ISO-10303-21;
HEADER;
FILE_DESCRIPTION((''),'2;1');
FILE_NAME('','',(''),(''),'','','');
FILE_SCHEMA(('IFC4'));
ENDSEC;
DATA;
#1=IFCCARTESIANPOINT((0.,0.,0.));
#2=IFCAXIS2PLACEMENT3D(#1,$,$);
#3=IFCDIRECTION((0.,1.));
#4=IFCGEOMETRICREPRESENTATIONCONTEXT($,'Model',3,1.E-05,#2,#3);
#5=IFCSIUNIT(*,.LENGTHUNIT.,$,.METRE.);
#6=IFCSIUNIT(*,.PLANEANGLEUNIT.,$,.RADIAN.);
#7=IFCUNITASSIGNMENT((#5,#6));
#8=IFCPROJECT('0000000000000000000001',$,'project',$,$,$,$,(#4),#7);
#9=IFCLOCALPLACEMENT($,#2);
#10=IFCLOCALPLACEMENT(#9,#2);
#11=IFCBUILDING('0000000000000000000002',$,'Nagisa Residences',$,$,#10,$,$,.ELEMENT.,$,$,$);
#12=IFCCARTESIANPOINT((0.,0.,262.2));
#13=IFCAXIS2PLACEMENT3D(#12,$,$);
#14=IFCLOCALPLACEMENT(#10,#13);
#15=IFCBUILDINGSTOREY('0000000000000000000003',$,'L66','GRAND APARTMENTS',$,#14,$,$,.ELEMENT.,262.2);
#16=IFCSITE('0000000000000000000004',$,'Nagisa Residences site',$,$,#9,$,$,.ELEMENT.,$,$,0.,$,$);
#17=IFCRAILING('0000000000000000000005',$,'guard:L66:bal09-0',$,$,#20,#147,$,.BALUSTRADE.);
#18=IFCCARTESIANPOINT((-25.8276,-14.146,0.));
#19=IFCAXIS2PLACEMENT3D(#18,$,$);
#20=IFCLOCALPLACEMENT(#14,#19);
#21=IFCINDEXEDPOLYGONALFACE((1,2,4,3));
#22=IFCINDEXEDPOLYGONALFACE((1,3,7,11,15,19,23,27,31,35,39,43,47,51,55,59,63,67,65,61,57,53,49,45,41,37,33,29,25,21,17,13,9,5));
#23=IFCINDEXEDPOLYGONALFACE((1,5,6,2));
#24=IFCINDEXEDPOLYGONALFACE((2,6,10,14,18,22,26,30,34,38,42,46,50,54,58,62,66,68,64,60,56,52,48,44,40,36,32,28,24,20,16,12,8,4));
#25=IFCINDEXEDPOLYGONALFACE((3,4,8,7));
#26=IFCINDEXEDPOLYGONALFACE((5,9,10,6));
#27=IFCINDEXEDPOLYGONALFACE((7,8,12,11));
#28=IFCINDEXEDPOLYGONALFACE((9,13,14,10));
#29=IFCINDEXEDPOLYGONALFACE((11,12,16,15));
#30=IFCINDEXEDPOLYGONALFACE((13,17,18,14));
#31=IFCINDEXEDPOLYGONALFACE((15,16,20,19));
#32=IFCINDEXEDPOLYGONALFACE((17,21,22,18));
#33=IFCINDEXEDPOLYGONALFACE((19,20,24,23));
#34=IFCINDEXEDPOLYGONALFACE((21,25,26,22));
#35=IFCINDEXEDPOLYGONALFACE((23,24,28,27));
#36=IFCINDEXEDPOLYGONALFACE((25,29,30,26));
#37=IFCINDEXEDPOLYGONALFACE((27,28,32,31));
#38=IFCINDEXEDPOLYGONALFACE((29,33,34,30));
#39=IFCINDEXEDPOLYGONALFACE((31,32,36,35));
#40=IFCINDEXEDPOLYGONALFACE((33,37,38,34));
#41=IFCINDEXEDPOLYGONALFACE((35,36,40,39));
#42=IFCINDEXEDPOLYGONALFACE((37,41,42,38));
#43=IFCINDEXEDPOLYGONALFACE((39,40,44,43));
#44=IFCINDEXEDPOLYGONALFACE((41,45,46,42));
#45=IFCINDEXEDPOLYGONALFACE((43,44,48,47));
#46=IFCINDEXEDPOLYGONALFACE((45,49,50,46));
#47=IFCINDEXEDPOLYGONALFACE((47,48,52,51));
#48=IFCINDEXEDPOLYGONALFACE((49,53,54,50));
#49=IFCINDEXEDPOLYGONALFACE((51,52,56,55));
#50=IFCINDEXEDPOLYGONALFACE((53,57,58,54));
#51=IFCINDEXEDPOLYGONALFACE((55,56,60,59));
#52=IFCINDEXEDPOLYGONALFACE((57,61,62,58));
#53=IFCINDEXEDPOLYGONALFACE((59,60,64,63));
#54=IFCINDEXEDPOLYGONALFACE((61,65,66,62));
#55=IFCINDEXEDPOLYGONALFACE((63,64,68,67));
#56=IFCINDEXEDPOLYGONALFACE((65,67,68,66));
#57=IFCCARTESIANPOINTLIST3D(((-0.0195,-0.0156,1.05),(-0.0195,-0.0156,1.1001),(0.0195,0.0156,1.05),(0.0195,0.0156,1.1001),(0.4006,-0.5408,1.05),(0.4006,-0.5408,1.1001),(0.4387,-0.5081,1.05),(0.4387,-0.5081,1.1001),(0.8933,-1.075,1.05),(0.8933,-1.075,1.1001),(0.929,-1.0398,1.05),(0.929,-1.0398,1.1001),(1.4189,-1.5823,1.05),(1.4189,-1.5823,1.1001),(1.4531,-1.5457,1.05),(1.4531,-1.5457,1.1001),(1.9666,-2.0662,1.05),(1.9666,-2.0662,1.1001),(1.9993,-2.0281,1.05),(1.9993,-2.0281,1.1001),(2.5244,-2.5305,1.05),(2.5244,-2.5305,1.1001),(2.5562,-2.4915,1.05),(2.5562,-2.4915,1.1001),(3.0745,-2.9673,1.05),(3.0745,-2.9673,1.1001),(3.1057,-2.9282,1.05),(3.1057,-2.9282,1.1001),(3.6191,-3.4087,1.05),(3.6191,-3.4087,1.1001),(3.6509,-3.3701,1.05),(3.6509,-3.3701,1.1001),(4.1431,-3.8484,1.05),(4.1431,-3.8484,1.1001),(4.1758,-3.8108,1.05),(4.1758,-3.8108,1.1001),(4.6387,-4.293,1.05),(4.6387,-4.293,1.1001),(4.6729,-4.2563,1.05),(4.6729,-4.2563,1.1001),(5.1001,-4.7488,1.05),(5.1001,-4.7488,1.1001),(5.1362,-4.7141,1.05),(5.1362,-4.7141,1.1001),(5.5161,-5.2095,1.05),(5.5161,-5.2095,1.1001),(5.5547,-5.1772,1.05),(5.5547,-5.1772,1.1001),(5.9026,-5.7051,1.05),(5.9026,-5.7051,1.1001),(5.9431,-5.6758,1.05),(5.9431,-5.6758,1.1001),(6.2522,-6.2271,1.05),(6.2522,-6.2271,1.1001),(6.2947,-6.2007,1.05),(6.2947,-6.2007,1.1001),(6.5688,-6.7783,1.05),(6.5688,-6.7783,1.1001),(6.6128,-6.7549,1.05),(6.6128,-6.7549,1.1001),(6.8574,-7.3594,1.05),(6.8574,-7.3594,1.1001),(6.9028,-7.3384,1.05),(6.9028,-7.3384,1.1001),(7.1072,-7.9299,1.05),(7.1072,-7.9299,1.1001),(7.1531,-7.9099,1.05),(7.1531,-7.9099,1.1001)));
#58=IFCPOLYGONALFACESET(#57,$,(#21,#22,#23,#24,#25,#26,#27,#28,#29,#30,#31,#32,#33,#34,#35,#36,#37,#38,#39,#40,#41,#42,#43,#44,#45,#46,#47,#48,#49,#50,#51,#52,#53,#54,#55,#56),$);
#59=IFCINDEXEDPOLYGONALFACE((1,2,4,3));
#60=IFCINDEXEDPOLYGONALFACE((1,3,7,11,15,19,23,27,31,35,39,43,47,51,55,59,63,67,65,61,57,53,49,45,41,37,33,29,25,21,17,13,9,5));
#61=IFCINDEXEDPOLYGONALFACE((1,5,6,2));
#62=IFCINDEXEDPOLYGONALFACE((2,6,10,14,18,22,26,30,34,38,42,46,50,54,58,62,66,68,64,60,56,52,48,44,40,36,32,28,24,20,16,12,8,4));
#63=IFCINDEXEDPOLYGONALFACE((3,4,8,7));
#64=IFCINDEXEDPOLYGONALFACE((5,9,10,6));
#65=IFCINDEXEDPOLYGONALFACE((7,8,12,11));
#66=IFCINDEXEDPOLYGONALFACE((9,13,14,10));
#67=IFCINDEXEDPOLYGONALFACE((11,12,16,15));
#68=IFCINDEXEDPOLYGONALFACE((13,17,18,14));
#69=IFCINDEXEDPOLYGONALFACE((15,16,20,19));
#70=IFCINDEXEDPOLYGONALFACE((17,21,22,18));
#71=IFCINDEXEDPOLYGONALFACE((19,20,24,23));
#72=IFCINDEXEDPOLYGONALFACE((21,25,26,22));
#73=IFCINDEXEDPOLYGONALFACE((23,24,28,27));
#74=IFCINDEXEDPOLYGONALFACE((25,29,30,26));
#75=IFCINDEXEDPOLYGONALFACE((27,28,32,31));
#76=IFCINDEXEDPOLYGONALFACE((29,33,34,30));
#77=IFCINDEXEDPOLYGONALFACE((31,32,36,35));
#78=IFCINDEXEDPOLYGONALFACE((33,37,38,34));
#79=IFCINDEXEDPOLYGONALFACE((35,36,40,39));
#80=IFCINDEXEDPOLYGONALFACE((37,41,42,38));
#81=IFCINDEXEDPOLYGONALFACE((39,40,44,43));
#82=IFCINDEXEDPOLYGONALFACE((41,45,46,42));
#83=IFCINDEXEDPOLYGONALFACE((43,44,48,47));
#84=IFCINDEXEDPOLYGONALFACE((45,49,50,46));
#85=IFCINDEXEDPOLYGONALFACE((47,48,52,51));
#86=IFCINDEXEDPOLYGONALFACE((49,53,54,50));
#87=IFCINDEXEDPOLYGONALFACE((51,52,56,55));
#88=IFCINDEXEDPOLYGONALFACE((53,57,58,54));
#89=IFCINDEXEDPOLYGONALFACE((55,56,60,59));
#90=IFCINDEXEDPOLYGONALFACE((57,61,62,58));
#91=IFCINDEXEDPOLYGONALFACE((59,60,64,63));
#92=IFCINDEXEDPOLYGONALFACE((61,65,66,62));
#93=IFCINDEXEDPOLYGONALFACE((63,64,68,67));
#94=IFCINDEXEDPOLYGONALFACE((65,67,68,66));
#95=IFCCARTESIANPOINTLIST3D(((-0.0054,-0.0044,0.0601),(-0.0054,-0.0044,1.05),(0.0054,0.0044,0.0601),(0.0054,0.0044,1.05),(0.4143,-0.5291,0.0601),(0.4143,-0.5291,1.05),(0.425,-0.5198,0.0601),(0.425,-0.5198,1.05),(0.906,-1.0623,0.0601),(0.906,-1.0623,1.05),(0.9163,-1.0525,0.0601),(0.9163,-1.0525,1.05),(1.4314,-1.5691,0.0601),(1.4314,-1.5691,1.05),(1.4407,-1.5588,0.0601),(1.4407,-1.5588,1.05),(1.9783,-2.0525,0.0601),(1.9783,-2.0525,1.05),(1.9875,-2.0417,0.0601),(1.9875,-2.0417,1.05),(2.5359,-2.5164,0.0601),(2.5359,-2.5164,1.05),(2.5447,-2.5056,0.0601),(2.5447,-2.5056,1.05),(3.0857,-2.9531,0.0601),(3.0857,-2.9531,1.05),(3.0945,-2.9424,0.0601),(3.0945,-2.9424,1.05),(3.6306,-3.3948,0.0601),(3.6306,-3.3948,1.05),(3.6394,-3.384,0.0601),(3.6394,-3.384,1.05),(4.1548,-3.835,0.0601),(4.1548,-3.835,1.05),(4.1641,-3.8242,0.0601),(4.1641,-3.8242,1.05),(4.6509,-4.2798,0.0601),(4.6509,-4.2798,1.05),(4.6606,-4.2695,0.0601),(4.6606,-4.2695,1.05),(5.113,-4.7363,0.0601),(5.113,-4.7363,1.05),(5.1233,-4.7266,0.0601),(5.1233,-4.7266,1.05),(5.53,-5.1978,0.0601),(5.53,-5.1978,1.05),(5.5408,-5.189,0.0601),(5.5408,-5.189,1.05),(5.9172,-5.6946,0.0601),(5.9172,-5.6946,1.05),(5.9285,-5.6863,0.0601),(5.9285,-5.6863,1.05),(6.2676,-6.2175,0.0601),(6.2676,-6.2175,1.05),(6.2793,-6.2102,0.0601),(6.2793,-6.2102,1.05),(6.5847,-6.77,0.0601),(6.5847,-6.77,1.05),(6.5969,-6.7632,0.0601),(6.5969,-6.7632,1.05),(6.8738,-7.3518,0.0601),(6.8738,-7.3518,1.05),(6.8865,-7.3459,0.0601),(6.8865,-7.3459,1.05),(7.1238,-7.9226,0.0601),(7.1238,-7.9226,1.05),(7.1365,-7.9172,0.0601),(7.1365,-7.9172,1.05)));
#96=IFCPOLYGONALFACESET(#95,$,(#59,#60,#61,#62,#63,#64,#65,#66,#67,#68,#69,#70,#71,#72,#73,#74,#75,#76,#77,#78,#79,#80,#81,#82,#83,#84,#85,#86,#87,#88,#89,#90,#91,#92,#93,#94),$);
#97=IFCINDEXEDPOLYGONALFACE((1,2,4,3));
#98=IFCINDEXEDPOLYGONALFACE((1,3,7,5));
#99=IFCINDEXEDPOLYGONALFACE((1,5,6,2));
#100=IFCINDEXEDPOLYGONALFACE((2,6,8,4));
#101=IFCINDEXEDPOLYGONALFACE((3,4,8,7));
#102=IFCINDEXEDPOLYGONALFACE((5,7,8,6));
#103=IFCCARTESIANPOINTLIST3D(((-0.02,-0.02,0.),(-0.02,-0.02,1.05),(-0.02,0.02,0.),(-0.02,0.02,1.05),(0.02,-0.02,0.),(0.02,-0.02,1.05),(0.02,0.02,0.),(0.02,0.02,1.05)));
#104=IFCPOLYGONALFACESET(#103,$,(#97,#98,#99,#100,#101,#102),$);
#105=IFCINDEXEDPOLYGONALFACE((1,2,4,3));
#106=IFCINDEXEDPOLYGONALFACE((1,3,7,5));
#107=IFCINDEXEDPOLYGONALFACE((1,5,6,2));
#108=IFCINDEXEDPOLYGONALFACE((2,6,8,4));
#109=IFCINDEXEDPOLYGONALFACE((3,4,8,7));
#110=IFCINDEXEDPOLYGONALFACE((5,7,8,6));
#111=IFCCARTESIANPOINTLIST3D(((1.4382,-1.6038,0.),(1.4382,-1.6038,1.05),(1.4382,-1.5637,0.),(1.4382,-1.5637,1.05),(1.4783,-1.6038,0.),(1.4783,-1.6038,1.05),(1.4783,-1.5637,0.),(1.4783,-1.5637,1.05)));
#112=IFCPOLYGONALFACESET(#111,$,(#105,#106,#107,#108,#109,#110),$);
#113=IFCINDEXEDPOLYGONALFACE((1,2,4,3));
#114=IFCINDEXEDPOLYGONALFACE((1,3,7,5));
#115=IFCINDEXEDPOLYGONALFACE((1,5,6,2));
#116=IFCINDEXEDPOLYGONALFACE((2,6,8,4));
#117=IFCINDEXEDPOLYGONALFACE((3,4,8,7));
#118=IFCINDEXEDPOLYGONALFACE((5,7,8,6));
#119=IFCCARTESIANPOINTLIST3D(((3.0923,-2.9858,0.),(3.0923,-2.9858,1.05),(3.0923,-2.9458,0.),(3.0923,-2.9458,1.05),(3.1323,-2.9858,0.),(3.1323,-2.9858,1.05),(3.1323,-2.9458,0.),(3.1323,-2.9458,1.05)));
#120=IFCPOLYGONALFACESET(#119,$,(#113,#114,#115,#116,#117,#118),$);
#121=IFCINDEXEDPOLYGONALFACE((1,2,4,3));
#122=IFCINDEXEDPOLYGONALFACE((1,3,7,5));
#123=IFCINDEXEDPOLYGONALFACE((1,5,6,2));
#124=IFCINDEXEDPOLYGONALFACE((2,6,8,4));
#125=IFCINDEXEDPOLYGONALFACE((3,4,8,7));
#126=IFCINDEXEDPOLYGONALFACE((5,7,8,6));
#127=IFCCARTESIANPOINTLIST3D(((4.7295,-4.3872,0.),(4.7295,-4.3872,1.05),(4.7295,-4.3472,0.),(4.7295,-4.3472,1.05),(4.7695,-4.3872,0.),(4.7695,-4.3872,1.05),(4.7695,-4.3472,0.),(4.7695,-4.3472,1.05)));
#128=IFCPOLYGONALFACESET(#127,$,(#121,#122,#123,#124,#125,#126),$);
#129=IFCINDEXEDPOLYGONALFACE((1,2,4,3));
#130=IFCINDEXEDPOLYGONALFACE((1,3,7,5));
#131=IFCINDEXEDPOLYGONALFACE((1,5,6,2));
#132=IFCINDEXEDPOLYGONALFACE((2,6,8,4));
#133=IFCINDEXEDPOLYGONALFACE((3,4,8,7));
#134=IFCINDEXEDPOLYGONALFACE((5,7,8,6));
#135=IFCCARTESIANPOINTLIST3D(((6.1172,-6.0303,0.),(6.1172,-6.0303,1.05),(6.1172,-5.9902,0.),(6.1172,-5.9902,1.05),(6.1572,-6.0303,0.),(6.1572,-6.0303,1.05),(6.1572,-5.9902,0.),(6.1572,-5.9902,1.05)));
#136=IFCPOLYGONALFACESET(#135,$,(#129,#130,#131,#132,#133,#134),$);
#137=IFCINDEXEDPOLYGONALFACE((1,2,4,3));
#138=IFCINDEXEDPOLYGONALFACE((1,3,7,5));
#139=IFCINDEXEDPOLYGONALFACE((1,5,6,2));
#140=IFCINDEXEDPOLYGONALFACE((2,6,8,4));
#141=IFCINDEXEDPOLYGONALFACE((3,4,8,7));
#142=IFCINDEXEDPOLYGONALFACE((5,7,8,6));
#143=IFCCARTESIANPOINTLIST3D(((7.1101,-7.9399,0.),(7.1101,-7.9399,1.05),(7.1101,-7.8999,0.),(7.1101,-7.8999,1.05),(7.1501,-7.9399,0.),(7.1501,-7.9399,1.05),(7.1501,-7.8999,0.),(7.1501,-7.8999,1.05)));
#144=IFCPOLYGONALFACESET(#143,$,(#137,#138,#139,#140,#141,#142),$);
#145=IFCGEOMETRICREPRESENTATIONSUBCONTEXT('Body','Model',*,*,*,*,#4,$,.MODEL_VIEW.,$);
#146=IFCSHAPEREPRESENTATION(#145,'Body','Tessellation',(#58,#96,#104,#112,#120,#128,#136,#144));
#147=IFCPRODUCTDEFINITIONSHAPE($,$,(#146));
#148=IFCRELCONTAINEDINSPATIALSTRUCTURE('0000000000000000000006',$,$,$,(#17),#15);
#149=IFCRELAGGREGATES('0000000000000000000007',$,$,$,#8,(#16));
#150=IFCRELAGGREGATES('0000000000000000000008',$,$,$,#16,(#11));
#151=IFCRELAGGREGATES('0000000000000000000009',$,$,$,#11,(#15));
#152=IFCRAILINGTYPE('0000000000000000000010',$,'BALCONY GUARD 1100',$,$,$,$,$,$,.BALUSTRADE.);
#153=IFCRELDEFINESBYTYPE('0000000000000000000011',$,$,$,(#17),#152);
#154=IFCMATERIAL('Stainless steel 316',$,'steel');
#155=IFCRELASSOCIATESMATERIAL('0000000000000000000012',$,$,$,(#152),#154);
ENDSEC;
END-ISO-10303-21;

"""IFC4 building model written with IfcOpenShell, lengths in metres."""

from ifc_helpers import new_model, si_unit, direction, frame, origin, origin_2d, place, context, subcontext, project, spatial, polyline, rectangle, outline, extrude, material, type_object, element, save


model = new_model("IFC4")

# Units and contexts
model_context = context("Model", 3, precision=1e-05, world=origin(), true_north=direction((0.0, 1.0)))
body_context = subcontext(model_context, "Body", "Model", "MODEL_VIEW")
ifc_project = project(units=[si_unit("LENGTHUNIT", "METRE"), si_unit("PLANEANGLEUNIT", "RADIAN")], contexts=[model_context])

# Site, building, storey
site_placement = place(None, origin())
site = spatial("IfcSite", under=ifc_project, at=site_placement, Name="Nagisa Residences site", CompositionType="ELEMENT", RefElevation=0.0)
building_placement = place(site_placement, origin())
building = spatial("IfcBuilding", under=site, at=building_placement, Name="Nagisa Residences", CompositionType="ELEMENT")
storey_placement = place(building_placement, frame((0.0, 0.0, 262.2)))
storey = spatial("IfcBuildingStorey", under=building, at=storey_placement, Name="L66", Description="GRAND APARTMENTS", CompositionType="ELEMENT", Elevation=262.2)

# Railing
ifc_material_1 = material(Name="Stainless steel 316", Category="steel")
railing_type = type_object("IfcRailingType", Name="BALCONY GUARD 1100", PredefinedType="BALUSTRADE", material=ifc_material_1)
railing_1_placement = place(storey_placement, frame((-25.8276, -14.146, 0.0)))
element("IfcRailing", 1, at=railing_1_placement, inside=storey, type_object=railing_type, Name="guard:L66:bal09-0", PredefinedType="BALUSTRADE", context=body_context, shape_type="SweptSolid", body=[
    extrude(outline(polyline([(0.4387, -0.5081), (0.0195, 0.0156), (-0.0195, -0.0156), (0.4006, -0.5408), (0.8933, -1.075), (1.4189, -1.5823), (1.9666, -2.0662), (2.5244, -2.5305), (3.0745, -2.9673), (3.6191, -3.4087), (4.1431, -3.8484), (4.6387, -4.293), (5.1001, -4.7488), (5.5161, -5.2095), (5.9026, -5.7051), (6.2522, -6.2271), (6.5688, -6.7783), (6.8574, -7.3594), (7.1072, -7.9299), (7.1531, -7.9099), (6.9028, -7.3384), (6.6128, -6.7549), (6.2947, -6.2007), (5.9431, -5.6758), (5.5547, -5.1772), (5.1362, -4.7141), (4.6729, -4.2563), (4.1758, -3.8108), (3.6509, -3.3701), (3.1057, -2.9282), (2.5562, -2.4915), (1.9993, -2.0281), (1.4531, -1.5457), (0.929, -1.0398), (0.4387, -0.5081)])), frame((0.0, 0.0, 1.05)), (0.0, 0.0, 1.0), 0.05),
    extrude(outline(polyline([(0.425, -0.5198), (0.0054, 0.0044), (-0.0054, -0.0044), (0.4143, -0.5291), (0.906, -1.0623), (1.4314, -1.5691), (1.9783, -2.0525), (2.5359, -2.5164), (3.0857, -2.9531), (3.6306, -3.3948), (4.1548, -3.835), (4.6509, -4.2798), (5.113, -4.7363), (5.53, -5.1978), (5.9172, -5.6946), (6.2676, -6.2175), (6.5847, -6.77), (6.8738, -7.3518), (7.1238, -7.9226), (7.1365, -7.9172), (6.8865, -7.3459), (6.5969, -6.7632), (6.2793, -6.2102), (5.9285, -5.6863), (5.5408, -5.189), (5.1233, -4.7266), (4.6606, -4.2695), (4.1641, -3.8242), (3.6394, -3.384), (3.0945, -2.9424), (2.5447, -2.5056), (1.9875, -2.0417), (1.4407, -1.5588), (0.9163, -1.0525), (0.425, -0.5198)])), frame((0.0, 0.0, 0.0601)), (0.0, 0.0, 1.0), 0.99),
    extrude(rectangle(XDim=0.04, YDim=0.04, at=origin_2d()), origin(), (0.0, 0.0, 1.0), 1.05),
    extrude(rectangle(XDim=0.04, YDim=0.04, at=origin_2d()), frame((1.4583, -1.5837, 0.0)), (0.0, 0.0, 1.0), 1.05),
    extrude(rectangle(XDim=0.04, YDim=0.04, at=origin_2d()), frame((3.1123, -2.9658, 0.0)), (0.0, 0.0, 1.0), 1.05),
    extrude(rectangle(XDim=0.04, YDim=0.04, at=origin_2d()), frame((4.7495, -4.3672, 0.0)), (0.0, 0.0, 1.0), 1.05),
    extrude(rectangle(XDim=0.04, YDim=0.04, at=origin_2d()), frame((6.1372, -6.0103, 0.0)), (0.0, 0.0, 1.0), 1.05),
    extrude(rectangle(XDim=0.04, YDim=0.04, at=origin_2d()), frame((7.1301, -7.9199, 0.0)), (0.0, 0.0, 1.0), 1.05),
])

save(model, "model.ifc")
